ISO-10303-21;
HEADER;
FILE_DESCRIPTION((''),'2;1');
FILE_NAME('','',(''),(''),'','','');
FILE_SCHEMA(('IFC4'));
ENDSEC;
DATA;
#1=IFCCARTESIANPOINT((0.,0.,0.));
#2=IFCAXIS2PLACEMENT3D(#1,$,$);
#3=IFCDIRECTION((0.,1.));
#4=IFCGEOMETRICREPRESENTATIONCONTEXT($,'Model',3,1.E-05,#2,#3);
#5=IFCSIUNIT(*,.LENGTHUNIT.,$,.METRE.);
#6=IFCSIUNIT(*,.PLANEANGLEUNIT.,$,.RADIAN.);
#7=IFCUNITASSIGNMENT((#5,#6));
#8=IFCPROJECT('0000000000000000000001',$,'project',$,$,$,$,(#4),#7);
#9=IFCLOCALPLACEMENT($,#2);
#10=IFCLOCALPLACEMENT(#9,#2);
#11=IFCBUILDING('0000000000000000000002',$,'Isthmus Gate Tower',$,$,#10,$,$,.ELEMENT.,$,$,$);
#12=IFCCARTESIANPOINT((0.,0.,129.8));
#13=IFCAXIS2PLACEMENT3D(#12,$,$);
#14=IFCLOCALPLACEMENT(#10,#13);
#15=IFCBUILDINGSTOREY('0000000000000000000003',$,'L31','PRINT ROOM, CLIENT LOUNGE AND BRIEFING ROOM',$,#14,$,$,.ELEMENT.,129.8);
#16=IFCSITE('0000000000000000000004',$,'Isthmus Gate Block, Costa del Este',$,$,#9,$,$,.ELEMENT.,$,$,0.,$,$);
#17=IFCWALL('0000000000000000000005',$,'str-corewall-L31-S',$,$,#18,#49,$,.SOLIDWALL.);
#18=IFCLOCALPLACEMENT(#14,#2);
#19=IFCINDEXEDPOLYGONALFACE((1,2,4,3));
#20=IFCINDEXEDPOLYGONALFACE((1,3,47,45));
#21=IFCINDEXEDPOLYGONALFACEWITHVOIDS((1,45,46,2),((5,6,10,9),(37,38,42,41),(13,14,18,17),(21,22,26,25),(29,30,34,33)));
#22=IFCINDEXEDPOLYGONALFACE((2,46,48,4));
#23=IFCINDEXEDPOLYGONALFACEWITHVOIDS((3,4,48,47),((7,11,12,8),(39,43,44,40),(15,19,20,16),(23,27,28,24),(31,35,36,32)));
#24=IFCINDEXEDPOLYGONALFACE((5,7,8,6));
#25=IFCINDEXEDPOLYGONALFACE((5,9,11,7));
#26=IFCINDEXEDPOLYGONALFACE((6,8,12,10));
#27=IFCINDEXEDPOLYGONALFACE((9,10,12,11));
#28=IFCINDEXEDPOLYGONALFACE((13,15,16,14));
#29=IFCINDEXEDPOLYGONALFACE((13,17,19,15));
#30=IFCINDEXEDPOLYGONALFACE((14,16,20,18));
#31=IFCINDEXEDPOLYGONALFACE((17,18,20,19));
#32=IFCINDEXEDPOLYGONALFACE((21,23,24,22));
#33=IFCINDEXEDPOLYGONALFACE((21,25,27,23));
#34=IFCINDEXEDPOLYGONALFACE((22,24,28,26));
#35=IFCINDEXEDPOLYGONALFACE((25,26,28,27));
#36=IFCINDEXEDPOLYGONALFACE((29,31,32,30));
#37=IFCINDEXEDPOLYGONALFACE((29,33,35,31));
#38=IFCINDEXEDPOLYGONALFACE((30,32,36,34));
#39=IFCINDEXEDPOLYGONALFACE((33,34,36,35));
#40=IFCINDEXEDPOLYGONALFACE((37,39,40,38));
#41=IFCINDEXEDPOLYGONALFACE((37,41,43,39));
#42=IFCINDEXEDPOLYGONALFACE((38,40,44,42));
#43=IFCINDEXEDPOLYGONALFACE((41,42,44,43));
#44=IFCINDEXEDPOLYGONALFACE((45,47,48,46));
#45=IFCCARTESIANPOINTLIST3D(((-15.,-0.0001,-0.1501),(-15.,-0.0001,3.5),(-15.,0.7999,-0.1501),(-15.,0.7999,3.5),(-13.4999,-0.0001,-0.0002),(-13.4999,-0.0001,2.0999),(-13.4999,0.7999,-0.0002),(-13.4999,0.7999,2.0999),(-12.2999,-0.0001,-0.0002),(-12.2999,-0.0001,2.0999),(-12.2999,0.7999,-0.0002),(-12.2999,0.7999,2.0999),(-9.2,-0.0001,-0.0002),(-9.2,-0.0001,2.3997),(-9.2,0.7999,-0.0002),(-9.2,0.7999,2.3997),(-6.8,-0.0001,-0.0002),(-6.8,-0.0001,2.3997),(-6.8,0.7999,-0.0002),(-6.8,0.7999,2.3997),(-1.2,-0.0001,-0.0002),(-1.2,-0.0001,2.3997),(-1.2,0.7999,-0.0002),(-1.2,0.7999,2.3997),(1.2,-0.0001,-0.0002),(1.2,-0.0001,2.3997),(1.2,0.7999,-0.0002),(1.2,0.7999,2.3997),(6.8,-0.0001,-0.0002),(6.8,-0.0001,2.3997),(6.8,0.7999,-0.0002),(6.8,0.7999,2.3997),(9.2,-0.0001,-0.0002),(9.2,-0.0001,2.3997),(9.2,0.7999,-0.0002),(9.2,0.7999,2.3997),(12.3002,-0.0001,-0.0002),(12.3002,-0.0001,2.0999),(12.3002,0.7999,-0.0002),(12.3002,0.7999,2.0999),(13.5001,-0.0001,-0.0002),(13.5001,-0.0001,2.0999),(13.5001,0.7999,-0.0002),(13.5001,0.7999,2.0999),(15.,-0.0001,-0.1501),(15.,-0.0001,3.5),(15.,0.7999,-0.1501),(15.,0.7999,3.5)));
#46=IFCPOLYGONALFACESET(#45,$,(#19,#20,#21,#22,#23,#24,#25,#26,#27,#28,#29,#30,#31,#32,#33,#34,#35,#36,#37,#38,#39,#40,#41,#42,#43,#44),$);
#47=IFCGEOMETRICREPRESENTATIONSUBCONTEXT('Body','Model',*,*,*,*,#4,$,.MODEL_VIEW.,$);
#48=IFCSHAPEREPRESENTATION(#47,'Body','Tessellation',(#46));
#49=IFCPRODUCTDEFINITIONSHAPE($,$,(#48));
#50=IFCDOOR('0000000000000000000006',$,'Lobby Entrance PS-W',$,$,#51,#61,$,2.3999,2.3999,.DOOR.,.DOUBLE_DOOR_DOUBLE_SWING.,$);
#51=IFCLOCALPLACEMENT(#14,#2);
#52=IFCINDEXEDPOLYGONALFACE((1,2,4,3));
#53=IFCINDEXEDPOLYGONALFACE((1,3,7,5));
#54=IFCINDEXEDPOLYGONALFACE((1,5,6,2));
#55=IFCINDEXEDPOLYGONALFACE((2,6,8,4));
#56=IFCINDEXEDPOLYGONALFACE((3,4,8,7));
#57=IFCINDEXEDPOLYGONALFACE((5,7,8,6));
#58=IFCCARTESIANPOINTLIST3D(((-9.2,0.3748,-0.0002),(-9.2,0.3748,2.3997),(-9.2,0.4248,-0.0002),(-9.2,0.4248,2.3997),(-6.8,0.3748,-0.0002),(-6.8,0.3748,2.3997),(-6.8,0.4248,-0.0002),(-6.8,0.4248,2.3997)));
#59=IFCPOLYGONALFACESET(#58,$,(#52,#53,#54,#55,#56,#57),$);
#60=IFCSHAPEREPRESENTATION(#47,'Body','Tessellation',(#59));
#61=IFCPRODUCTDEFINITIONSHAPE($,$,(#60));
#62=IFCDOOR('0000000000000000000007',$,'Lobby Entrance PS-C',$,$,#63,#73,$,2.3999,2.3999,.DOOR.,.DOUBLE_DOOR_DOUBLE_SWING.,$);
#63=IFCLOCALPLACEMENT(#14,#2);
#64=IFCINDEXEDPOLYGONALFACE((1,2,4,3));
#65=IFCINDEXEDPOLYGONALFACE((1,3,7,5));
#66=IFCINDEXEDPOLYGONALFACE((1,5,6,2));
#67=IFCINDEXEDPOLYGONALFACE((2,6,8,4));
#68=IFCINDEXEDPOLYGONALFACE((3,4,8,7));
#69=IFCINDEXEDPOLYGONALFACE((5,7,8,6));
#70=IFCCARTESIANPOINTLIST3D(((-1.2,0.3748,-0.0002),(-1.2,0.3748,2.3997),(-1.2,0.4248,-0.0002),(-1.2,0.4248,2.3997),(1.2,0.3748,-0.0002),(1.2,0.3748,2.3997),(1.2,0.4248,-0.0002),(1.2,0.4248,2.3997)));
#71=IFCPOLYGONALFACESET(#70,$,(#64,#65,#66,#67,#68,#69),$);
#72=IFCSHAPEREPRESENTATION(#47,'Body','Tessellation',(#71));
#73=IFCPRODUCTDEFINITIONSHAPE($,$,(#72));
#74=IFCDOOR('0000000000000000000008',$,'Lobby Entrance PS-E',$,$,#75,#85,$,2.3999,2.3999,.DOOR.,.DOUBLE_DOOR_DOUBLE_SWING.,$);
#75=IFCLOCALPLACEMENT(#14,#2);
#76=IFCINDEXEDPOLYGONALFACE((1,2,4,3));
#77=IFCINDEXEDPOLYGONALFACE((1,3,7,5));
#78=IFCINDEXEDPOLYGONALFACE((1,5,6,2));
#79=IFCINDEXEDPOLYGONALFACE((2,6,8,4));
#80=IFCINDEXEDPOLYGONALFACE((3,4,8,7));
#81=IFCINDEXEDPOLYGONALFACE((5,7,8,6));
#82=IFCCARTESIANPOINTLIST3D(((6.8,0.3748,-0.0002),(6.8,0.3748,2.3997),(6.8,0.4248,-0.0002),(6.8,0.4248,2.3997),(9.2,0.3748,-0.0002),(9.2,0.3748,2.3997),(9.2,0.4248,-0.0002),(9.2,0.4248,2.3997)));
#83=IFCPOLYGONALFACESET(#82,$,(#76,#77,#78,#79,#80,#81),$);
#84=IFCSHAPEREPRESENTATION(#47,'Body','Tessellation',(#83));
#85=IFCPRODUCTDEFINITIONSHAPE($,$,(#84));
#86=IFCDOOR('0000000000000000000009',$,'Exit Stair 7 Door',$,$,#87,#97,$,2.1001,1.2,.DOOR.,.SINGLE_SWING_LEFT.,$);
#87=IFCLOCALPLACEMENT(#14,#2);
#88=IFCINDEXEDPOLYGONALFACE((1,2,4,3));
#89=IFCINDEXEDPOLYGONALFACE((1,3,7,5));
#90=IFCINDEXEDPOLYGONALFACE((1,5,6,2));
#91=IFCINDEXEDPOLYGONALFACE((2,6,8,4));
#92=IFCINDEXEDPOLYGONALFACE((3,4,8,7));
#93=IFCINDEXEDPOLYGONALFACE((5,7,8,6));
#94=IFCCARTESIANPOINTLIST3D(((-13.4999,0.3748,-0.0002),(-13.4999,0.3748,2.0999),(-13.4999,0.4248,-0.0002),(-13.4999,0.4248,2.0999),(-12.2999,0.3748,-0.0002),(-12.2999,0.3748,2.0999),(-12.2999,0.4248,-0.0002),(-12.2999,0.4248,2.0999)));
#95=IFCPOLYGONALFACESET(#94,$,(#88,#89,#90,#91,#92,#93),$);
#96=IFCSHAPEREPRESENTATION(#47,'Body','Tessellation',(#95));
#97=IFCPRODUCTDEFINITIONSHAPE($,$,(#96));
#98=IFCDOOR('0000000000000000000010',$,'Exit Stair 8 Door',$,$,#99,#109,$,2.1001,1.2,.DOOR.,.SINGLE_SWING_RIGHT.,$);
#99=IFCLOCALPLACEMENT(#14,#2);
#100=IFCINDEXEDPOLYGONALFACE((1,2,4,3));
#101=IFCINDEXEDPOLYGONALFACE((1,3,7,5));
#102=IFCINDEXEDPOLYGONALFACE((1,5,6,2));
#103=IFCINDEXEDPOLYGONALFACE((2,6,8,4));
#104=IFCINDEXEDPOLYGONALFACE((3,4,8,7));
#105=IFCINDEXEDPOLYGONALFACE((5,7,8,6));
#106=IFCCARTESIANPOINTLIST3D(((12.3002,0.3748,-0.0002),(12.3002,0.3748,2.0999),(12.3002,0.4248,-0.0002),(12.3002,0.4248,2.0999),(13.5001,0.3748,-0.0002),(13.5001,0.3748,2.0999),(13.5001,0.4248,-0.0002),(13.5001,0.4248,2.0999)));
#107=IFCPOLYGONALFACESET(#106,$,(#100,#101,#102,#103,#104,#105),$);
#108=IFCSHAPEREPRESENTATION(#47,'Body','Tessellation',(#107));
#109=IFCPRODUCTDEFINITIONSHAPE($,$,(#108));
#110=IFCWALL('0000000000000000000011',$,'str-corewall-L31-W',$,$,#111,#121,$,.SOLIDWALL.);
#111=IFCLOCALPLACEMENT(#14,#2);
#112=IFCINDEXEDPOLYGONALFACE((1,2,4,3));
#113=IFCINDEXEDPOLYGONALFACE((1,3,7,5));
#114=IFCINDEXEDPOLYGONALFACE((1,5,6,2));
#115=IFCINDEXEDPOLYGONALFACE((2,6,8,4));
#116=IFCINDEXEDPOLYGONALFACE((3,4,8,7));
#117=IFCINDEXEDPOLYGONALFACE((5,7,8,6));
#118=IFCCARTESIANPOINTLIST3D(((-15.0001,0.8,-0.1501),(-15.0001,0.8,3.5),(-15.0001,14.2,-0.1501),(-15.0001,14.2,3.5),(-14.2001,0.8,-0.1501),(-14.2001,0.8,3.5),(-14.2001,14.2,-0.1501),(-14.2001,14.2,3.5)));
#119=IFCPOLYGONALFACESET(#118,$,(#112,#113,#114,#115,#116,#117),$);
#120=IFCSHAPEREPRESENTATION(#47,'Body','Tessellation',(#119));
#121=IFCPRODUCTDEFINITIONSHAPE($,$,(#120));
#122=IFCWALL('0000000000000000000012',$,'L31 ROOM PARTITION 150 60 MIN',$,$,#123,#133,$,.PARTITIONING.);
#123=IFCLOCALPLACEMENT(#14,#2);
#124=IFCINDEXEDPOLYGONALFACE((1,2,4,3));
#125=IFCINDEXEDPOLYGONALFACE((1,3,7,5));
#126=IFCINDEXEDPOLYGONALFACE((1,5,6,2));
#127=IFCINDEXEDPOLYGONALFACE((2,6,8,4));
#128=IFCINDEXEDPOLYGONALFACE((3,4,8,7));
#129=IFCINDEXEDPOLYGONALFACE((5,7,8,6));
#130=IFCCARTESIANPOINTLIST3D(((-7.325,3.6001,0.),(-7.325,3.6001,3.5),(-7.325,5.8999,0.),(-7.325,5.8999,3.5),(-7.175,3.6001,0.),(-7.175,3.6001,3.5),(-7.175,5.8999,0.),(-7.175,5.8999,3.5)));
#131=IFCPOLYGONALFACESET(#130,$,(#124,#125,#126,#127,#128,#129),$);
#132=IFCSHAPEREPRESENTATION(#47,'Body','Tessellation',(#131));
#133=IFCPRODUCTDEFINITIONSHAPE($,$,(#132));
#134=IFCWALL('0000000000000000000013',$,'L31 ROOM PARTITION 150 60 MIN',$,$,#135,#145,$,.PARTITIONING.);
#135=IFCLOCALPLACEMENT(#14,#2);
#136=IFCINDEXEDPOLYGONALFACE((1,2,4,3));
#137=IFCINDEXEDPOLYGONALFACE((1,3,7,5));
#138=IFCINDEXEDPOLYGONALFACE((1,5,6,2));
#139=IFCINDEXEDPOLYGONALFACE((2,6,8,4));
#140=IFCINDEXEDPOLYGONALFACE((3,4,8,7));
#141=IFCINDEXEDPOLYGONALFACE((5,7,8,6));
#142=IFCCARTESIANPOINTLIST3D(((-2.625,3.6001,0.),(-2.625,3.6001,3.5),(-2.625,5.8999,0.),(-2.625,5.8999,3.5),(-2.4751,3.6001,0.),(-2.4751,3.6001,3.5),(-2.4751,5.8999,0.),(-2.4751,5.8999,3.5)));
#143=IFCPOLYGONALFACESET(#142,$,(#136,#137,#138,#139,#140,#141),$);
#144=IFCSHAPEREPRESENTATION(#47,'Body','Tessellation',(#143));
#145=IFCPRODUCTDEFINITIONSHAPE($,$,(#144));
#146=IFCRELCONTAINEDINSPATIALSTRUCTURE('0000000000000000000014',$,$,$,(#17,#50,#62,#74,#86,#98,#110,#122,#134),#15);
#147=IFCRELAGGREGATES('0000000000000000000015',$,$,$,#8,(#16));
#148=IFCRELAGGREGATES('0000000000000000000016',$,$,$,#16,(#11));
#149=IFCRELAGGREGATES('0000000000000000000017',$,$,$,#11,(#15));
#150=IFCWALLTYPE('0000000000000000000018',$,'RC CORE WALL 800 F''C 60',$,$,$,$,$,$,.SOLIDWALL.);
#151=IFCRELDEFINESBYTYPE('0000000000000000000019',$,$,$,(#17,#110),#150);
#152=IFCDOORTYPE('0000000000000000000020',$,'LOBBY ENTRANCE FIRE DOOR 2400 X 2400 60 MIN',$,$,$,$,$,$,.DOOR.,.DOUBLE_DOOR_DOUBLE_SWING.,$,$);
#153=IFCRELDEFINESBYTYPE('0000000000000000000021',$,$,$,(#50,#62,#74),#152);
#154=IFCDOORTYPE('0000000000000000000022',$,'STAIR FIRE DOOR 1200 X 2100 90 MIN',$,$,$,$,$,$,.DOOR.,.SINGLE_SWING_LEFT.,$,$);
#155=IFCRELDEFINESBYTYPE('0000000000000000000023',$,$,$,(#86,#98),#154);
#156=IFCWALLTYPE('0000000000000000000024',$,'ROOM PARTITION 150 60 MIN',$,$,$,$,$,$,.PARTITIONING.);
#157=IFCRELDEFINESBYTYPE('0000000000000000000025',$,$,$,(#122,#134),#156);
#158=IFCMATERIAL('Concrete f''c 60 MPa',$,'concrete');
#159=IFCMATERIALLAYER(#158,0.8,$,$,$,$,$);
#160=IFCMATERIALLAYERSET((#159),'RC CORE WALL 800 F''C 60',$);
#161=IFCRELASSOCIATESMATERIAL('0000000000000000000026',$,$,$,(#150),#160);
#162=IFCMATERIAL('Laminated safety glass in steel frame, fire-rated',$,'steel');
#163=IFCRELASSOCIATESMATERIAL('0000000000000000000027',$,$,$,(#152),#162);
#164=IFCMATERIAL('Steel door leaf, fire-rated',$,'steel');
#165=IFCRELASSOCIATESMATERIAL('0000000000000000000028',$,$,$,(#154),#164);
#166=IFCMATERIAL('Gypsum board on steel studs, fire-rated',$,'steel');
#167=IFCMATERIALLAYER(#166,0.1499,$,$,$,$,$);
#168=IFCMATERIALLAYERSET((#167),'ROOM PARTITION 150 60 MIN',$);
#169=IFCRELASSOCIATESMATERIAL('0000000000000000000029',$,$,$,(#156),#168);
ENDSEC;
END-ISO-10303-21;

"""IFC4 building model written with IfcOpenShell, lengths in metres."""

from ifc_helpers import new_model, si_unit, direction, frame, frame_2d, origin, place, context, subcontext, project, spatial, rectangle, extrude, material, layer, layer_set, type_object, element, fill, save


model = new_model("IFC4")

# Units and contexts
model_context = context("Model", 3, precision=1e-05, world=origin(), true_north=direction((0.0, 1.0)))
body_context = subcontext(model_context, "Body", "Model", "MODEL_VIEW")
ifc_project = project(units=[si_unit("LENGTHUNIT", "METRE"), si_unit("PLANEANGLEUNIT", "RADIAN")], contexts=[model_context])

# Site, building, storey
site_placement = place(None, origin())
site = spatial("IfcSite", under=ifc_project, at=site_placement, Name="Isthmus Gate Block, Costa del Este", CompositionType="ELEMENT", RefElevation=0.0)
building_placement = place(site_placement, origin())
building = spatial("IfcBuilding", under=site, at=building_placement, Name="Isthmus Gate Tower", CompositionType="ELEMENT")
storey_placement = place(building_placement, frame((0.0, 0.0, 129.8)))
storey = spatial("IfcBuildingStorey", under=building, at=storey_placement, Name="L31", Description="PRINT ROOM, CLIENT LOUNGE AND BRIEFING ROOM", CompositionType="ELEMENT", Elevation=129.8)

# Wall, openings, doors
ifc_material_1 = material(Name="Concrete f'c 60 MPa", Category="concrete")
ifc_layer_1 = layer(ifc_material_1, 0.8)
ifc_layer_set_1 = layer_set([ifc_layer_1], Name="RC CORE WALL 800 F'C 60")
wall_type_1 = type_object("IfcWallType", Name="RC CORE WALL 800 F'C 60", PredefinedType="SOLIDWALL", material=ifc_layer_set_1)
wall_1_placement = place(storey_placement, frame((-15.0, 0.3999, -0.1501), z_axis=(0.0, 0.0, 1.0), x_axis=(1.0, 0.0, 0.0)))
wall_1 = element("IfcWall", 1, at=wall_1_placement, inside=storey, type_object=wall_type_1, Name="str-corewall-L31-S", PredefinedType="SOLIDWALL", context=body_context, shape_type="SweptSolid", body=[
    extrude(rectangle(XDim=30.0, YDim=0.8, at=frame_2d((15.0, 0.0))), origin(), (0.0, 0.0, 1.0), 3.6501),
])
opening_1_placement = place(wall_1_placement, frame((5.8, 0.0, 0.1499)))
opening_1 = element("IfcOpeningElement", 2, at=opening_1_placement, cuts=wall_1, PredefinedType="OPENING", context=body_context, shape_type="SweptSolid", body=[
    extrude(rectangle(XDim=2.3999, YDim=2.3999, at=frame_2d((1.2, 1.2))), frame((0.0, 0.4099, 0.0), z_axis=(0.0, -1.0, 0.0), x_axis=(1.0, 0.0, 0.0)), (0.0, 0.0, 1.0), 0.8201),
])
opening_2_placement = place(wall_1_placement, frame((13.8, 0.0, 0.1499)))
opening_2 = element("IfcOpeningElement", 3, at=opening_2_placement, cuts=wall_1, PredefinedType="OPENING", context=body_context, shape_type="SweptSolid", body=[
    extrude(rectangle(XDim=2.3999, YDim=2.3999, at=frame_2d((1.2, 1.2))), frame((0.0, 0.4099, 0.0), z_axis=(0.0, -1.0, 0.0), x_axis=(1.0, 0.0, 0.0)), (0.0, 0.0, 1.0), 0.8201),
])
opening_3_placement = place(wall_1_placement, frame((21.8, 0.0, 0.1499)))
opening_3 = element("IfcOpeningElement", 4, at=opening_3_placement, cuts=wall_1, PredefinedType="OPENING", context=body_context, shape_type="SweptSolid", body=[
    extrude(rectangle(XDim=2.3999, YDim=2.3999, at=frame_2d((1.2, 1.2))), frame((0.0, 0.4099, 0.0), z_axis=(0.0, -1.0, 0.0), x_axis=(1.0, 0.0, 0.0)), (0.0, 0.0, 1.0), 0.8201),
])
opening_4_placement = place(wall_1_placement, frame((1.5, 0.0, 0.1499)))
opening_4 = element("IfcOpeningElement", 5, at=opening_4_placement, cuts=wall_1, PredefinedType="OPENING", context=body_context, shape_type="SweptSolid", body=[
    extrude(rectangle(XDim=1.2, YDim=2.1001, at=frame_2d((0.6001, 1.05))), frame((0.0, 0.4099, 0.0), z_axis=(0.0, -1.0, 0.0), x_axis=(1.0, 0.0, 0.0)), (0.0, 0.0, 1.0), 0.8201),
])
opening_5_placement = place(wall_1_placement, frame((27.3, 0.0, 0.1499)))
opening_5 = element("IfcOpeningElement", 6, at=opening_5_placement, cuts=wall_1, PredefinedType="OPENING", context=body_context, shape_type="SweptSolid", body=[
    extrude(rectangle(XDim=1.2, YDim=2.1001, at=frame_2d((0.6001, 1.05))), frame((0.0, 0.4099, 0.0), z_axis=(0.0, -1.0, 0.0), x_axis=(1.0, 0.0, 0.0)), (0.0, 0.0, 1.0), 0.8201),
])
ifc_material_2 = material(Name="Laminated safety glass in steel frame, fire-rated", Category="steel")
door_type_1 = type_object("IfcDoorType", Name="LOBBY ENTRANCE FIRE DOOR 2400 X 2400 60 MIN", OperationType="DOUBLE_DOOR_DOUBLE_SWING", PredefinedType="DOOR", material=ifc_material_2)
door_1_placement = place(opening_1_placement, origin())
door_1 = element("IfcDoor", 7, at=door_1_placement, inside=storey, type_object=door_type_1, Name="Lobby Entrance PS-W", OperationType="DOUBLE_DOOR_DOUBLE_SWING", OverallHeight=2.3999, OverallWidth=2.3999, PredefinedType="DOOR", context=body_context, shape_type="SweptSolid", body=[
    extrude(rectangle(XDim=2.3999, YDim=2.3999, at=frame_2d((1.2, 1.2))), frame((0.0, 0.0249, 0.0), z_axis=(0.0, -1.0, 0.0), x_axis=(1.0, 0.0, 0.0)), (0.0, 0.0, 1.0), 0.05),
])
fill(opening_1, door_1)
door_2_placement = place(opening_2_placement, origin())
door_2 = element("IfcDoor", 8, at=door_2_placement, inside=storey, type_object=door_type_1, Name="Lobby Entrance PS-C", OperationType="DOUBLE_DOOR_DOUBLE_SWING", OverallHeight=2.3999, OverallWidth=2.3999, PredefinedType="DOOR", context=body_context, shape_type="SweptSolid", body=[
    extrude(rectangle(XDim=2.3999, YDim=2.3999, at=frame_2d((1.2, 1.2))), frame((0.0, 0.0249, 0.0), z_axis=(0.0, -1.0, 0.0), x_axis=(1.0, 0.0, 0.0)), (0.0, 0.0, 1.0), 0.05),
])
fill(opening_2, door_2)
door_3_placement = place(opening_3_placement, origin())
door_3 = element("IfcDoor", 9, at=door_3_placement, inside=storey, type_object=door_type_1, Name="Lobby Entrance PS-E", OperationType="DOUBLE_DOOR_DOUBLE_SWING", OverallHeight=2.3999, OverallWidth=2.3999, PredefinedType="DOOR", context=body_context, shape_type="SweptSolid", body=[
    extrude(rectangle(XDim=2.3999, YDim=2.3999, at=frame_2d((1.2, 1.2))), frame((0.0, 0.0249, 0.0), z_axis=(0.0, -1.0, 0.0), x_axis=(1.0, 0.0, 0.0)), (0.0, 0.0, 1.0), 0.05),
])
fill(opening_3, door_3)
ifc_material_3 = material(Name="Steel door leaf, fire-rated", Category="steel")
door_type_2 = type_object("IfcDoorType", Name="STAIR FIRE DOOR 1200 X 2100 90 MIN", OperationType="SINGLE_SWING_LEFT", PredefinedType="DOOR", material=ifc_material_3)
door_4_placement = place(opening_4_placement, origin())
door_4 = element("IfcDoor", 10, at=door_4_placement, inside=storey, type_object=door_type_2, Name="Exit Stair 7 Door", OperationType="SINGLE_SWING_LEFT", OverallHeight=2.1001, OverallWidth=1.2, PredefinedType="DOOR", context=body_context, shape_type="SweptSolid", body=[
    extrude(rectangle(XDim=1.2, YDim=2.1001, at=frame_2d((0.6001, 1.05))), frame((0.0, 0.0249, 0.0), z_axis=(0.0, -1.0, 0.0), x_axis=(1.0, 0.0, 0.0)), (0.0, 0.0, 1.0), 0.05),
])
fill(opening_4, door_4)
door_5_placement = place(opening_5_placement, origin())
door_5 = element("IfcDoor", 11, at=door_5_placement, inside=storey, type_object=door_type_2, Name="Exit Stair 8 Door", OperationType="SINGLE_SWING_RIGHT", OverallHeight=2.1001, OverallWidth=1.2, PredefinedType="DOOR", context=body_context, shape_type="SweptSolid", body=[
    extrude(rectangle(XDim=1.2, YDim=2.1001, at=frame_2d((0.6001, 1.05))), frame((0.0, 0.0249, 0.0), z_axis=(0.0, -1.0, 0.0), x_axis=(1.0, 0.0, 0.0)), (0.0, 0.0, 1.0), 0.05),
])
fill(opening_5, door_5)

# Walls
wall_2_placement = place(storey_placement, frame((-14.6001, 0.8, -0.1501), z_axis=(0.0, 0.0, 1.0), x_axis=(0.0, 1.0, 0.0)))
element("IfcWall", 12, at=wall_2_placement, inside=storey, type_object=wall_type_1, Name="str-corewall-L31-W", PredefinedType="SOLIDWALL", context=body_context, shape_type="SweptSolid", body=[
    extrude(rectangle(XDim=13.3999, YDim=0.8, at=frame_2d((6.7, 0.0))), origin(), (0.0, 0.0, 1.0), 3.6501),
])
ifc_material_4 = material(Name="Gypsum board on steel studs, fire-rated", Category="steel")
ifc_layer_2 = layer(ifc_material_4, 0.1499)
ifc_layer_set_2 = layer_set([ifc_layer_2], Name="ROOM PARTITION 150 60 MIN")
wall_type_2 = type_object("IfcWallType", Name="ROOM PARTITION 150 60 MIN", PredefinedType="PARTITIONING", material=ifc_layer_set_2)
for number, where, z_axis, x_axis, name in (
    (13, (-7.25, 3.6001, 0.0), (0.0, 0.0, 1.0), (0.0, 1.0, 0.0), "L31 ROOM PARTITION 150 60 MIN"),
    (14, (-2.55, 3.6001, 0.0), (0.0, 0.0, 1.0), (0.0, 1.0, 0.0), "L31 ROOM PARTITION 150 60 MIN"),
):
    element("IfcWall", number, at=place(storey_placement, frame(where, z_axis=z_axis, x_axis=x_axis)), inside=storey, type_object=wall_type_2, Name=name, PredefinedType="PARTITIONING", context=body_context, shape_type="SweptSolid", body=[
        extrude(rectangle(XDim=2.2998, YDim=0.1499, at=frame_2d((1.1499, 0.0))), origin(), (0.0, 0.0, 1.0), 3.5),
    ])

save(model, "model.ifc")
